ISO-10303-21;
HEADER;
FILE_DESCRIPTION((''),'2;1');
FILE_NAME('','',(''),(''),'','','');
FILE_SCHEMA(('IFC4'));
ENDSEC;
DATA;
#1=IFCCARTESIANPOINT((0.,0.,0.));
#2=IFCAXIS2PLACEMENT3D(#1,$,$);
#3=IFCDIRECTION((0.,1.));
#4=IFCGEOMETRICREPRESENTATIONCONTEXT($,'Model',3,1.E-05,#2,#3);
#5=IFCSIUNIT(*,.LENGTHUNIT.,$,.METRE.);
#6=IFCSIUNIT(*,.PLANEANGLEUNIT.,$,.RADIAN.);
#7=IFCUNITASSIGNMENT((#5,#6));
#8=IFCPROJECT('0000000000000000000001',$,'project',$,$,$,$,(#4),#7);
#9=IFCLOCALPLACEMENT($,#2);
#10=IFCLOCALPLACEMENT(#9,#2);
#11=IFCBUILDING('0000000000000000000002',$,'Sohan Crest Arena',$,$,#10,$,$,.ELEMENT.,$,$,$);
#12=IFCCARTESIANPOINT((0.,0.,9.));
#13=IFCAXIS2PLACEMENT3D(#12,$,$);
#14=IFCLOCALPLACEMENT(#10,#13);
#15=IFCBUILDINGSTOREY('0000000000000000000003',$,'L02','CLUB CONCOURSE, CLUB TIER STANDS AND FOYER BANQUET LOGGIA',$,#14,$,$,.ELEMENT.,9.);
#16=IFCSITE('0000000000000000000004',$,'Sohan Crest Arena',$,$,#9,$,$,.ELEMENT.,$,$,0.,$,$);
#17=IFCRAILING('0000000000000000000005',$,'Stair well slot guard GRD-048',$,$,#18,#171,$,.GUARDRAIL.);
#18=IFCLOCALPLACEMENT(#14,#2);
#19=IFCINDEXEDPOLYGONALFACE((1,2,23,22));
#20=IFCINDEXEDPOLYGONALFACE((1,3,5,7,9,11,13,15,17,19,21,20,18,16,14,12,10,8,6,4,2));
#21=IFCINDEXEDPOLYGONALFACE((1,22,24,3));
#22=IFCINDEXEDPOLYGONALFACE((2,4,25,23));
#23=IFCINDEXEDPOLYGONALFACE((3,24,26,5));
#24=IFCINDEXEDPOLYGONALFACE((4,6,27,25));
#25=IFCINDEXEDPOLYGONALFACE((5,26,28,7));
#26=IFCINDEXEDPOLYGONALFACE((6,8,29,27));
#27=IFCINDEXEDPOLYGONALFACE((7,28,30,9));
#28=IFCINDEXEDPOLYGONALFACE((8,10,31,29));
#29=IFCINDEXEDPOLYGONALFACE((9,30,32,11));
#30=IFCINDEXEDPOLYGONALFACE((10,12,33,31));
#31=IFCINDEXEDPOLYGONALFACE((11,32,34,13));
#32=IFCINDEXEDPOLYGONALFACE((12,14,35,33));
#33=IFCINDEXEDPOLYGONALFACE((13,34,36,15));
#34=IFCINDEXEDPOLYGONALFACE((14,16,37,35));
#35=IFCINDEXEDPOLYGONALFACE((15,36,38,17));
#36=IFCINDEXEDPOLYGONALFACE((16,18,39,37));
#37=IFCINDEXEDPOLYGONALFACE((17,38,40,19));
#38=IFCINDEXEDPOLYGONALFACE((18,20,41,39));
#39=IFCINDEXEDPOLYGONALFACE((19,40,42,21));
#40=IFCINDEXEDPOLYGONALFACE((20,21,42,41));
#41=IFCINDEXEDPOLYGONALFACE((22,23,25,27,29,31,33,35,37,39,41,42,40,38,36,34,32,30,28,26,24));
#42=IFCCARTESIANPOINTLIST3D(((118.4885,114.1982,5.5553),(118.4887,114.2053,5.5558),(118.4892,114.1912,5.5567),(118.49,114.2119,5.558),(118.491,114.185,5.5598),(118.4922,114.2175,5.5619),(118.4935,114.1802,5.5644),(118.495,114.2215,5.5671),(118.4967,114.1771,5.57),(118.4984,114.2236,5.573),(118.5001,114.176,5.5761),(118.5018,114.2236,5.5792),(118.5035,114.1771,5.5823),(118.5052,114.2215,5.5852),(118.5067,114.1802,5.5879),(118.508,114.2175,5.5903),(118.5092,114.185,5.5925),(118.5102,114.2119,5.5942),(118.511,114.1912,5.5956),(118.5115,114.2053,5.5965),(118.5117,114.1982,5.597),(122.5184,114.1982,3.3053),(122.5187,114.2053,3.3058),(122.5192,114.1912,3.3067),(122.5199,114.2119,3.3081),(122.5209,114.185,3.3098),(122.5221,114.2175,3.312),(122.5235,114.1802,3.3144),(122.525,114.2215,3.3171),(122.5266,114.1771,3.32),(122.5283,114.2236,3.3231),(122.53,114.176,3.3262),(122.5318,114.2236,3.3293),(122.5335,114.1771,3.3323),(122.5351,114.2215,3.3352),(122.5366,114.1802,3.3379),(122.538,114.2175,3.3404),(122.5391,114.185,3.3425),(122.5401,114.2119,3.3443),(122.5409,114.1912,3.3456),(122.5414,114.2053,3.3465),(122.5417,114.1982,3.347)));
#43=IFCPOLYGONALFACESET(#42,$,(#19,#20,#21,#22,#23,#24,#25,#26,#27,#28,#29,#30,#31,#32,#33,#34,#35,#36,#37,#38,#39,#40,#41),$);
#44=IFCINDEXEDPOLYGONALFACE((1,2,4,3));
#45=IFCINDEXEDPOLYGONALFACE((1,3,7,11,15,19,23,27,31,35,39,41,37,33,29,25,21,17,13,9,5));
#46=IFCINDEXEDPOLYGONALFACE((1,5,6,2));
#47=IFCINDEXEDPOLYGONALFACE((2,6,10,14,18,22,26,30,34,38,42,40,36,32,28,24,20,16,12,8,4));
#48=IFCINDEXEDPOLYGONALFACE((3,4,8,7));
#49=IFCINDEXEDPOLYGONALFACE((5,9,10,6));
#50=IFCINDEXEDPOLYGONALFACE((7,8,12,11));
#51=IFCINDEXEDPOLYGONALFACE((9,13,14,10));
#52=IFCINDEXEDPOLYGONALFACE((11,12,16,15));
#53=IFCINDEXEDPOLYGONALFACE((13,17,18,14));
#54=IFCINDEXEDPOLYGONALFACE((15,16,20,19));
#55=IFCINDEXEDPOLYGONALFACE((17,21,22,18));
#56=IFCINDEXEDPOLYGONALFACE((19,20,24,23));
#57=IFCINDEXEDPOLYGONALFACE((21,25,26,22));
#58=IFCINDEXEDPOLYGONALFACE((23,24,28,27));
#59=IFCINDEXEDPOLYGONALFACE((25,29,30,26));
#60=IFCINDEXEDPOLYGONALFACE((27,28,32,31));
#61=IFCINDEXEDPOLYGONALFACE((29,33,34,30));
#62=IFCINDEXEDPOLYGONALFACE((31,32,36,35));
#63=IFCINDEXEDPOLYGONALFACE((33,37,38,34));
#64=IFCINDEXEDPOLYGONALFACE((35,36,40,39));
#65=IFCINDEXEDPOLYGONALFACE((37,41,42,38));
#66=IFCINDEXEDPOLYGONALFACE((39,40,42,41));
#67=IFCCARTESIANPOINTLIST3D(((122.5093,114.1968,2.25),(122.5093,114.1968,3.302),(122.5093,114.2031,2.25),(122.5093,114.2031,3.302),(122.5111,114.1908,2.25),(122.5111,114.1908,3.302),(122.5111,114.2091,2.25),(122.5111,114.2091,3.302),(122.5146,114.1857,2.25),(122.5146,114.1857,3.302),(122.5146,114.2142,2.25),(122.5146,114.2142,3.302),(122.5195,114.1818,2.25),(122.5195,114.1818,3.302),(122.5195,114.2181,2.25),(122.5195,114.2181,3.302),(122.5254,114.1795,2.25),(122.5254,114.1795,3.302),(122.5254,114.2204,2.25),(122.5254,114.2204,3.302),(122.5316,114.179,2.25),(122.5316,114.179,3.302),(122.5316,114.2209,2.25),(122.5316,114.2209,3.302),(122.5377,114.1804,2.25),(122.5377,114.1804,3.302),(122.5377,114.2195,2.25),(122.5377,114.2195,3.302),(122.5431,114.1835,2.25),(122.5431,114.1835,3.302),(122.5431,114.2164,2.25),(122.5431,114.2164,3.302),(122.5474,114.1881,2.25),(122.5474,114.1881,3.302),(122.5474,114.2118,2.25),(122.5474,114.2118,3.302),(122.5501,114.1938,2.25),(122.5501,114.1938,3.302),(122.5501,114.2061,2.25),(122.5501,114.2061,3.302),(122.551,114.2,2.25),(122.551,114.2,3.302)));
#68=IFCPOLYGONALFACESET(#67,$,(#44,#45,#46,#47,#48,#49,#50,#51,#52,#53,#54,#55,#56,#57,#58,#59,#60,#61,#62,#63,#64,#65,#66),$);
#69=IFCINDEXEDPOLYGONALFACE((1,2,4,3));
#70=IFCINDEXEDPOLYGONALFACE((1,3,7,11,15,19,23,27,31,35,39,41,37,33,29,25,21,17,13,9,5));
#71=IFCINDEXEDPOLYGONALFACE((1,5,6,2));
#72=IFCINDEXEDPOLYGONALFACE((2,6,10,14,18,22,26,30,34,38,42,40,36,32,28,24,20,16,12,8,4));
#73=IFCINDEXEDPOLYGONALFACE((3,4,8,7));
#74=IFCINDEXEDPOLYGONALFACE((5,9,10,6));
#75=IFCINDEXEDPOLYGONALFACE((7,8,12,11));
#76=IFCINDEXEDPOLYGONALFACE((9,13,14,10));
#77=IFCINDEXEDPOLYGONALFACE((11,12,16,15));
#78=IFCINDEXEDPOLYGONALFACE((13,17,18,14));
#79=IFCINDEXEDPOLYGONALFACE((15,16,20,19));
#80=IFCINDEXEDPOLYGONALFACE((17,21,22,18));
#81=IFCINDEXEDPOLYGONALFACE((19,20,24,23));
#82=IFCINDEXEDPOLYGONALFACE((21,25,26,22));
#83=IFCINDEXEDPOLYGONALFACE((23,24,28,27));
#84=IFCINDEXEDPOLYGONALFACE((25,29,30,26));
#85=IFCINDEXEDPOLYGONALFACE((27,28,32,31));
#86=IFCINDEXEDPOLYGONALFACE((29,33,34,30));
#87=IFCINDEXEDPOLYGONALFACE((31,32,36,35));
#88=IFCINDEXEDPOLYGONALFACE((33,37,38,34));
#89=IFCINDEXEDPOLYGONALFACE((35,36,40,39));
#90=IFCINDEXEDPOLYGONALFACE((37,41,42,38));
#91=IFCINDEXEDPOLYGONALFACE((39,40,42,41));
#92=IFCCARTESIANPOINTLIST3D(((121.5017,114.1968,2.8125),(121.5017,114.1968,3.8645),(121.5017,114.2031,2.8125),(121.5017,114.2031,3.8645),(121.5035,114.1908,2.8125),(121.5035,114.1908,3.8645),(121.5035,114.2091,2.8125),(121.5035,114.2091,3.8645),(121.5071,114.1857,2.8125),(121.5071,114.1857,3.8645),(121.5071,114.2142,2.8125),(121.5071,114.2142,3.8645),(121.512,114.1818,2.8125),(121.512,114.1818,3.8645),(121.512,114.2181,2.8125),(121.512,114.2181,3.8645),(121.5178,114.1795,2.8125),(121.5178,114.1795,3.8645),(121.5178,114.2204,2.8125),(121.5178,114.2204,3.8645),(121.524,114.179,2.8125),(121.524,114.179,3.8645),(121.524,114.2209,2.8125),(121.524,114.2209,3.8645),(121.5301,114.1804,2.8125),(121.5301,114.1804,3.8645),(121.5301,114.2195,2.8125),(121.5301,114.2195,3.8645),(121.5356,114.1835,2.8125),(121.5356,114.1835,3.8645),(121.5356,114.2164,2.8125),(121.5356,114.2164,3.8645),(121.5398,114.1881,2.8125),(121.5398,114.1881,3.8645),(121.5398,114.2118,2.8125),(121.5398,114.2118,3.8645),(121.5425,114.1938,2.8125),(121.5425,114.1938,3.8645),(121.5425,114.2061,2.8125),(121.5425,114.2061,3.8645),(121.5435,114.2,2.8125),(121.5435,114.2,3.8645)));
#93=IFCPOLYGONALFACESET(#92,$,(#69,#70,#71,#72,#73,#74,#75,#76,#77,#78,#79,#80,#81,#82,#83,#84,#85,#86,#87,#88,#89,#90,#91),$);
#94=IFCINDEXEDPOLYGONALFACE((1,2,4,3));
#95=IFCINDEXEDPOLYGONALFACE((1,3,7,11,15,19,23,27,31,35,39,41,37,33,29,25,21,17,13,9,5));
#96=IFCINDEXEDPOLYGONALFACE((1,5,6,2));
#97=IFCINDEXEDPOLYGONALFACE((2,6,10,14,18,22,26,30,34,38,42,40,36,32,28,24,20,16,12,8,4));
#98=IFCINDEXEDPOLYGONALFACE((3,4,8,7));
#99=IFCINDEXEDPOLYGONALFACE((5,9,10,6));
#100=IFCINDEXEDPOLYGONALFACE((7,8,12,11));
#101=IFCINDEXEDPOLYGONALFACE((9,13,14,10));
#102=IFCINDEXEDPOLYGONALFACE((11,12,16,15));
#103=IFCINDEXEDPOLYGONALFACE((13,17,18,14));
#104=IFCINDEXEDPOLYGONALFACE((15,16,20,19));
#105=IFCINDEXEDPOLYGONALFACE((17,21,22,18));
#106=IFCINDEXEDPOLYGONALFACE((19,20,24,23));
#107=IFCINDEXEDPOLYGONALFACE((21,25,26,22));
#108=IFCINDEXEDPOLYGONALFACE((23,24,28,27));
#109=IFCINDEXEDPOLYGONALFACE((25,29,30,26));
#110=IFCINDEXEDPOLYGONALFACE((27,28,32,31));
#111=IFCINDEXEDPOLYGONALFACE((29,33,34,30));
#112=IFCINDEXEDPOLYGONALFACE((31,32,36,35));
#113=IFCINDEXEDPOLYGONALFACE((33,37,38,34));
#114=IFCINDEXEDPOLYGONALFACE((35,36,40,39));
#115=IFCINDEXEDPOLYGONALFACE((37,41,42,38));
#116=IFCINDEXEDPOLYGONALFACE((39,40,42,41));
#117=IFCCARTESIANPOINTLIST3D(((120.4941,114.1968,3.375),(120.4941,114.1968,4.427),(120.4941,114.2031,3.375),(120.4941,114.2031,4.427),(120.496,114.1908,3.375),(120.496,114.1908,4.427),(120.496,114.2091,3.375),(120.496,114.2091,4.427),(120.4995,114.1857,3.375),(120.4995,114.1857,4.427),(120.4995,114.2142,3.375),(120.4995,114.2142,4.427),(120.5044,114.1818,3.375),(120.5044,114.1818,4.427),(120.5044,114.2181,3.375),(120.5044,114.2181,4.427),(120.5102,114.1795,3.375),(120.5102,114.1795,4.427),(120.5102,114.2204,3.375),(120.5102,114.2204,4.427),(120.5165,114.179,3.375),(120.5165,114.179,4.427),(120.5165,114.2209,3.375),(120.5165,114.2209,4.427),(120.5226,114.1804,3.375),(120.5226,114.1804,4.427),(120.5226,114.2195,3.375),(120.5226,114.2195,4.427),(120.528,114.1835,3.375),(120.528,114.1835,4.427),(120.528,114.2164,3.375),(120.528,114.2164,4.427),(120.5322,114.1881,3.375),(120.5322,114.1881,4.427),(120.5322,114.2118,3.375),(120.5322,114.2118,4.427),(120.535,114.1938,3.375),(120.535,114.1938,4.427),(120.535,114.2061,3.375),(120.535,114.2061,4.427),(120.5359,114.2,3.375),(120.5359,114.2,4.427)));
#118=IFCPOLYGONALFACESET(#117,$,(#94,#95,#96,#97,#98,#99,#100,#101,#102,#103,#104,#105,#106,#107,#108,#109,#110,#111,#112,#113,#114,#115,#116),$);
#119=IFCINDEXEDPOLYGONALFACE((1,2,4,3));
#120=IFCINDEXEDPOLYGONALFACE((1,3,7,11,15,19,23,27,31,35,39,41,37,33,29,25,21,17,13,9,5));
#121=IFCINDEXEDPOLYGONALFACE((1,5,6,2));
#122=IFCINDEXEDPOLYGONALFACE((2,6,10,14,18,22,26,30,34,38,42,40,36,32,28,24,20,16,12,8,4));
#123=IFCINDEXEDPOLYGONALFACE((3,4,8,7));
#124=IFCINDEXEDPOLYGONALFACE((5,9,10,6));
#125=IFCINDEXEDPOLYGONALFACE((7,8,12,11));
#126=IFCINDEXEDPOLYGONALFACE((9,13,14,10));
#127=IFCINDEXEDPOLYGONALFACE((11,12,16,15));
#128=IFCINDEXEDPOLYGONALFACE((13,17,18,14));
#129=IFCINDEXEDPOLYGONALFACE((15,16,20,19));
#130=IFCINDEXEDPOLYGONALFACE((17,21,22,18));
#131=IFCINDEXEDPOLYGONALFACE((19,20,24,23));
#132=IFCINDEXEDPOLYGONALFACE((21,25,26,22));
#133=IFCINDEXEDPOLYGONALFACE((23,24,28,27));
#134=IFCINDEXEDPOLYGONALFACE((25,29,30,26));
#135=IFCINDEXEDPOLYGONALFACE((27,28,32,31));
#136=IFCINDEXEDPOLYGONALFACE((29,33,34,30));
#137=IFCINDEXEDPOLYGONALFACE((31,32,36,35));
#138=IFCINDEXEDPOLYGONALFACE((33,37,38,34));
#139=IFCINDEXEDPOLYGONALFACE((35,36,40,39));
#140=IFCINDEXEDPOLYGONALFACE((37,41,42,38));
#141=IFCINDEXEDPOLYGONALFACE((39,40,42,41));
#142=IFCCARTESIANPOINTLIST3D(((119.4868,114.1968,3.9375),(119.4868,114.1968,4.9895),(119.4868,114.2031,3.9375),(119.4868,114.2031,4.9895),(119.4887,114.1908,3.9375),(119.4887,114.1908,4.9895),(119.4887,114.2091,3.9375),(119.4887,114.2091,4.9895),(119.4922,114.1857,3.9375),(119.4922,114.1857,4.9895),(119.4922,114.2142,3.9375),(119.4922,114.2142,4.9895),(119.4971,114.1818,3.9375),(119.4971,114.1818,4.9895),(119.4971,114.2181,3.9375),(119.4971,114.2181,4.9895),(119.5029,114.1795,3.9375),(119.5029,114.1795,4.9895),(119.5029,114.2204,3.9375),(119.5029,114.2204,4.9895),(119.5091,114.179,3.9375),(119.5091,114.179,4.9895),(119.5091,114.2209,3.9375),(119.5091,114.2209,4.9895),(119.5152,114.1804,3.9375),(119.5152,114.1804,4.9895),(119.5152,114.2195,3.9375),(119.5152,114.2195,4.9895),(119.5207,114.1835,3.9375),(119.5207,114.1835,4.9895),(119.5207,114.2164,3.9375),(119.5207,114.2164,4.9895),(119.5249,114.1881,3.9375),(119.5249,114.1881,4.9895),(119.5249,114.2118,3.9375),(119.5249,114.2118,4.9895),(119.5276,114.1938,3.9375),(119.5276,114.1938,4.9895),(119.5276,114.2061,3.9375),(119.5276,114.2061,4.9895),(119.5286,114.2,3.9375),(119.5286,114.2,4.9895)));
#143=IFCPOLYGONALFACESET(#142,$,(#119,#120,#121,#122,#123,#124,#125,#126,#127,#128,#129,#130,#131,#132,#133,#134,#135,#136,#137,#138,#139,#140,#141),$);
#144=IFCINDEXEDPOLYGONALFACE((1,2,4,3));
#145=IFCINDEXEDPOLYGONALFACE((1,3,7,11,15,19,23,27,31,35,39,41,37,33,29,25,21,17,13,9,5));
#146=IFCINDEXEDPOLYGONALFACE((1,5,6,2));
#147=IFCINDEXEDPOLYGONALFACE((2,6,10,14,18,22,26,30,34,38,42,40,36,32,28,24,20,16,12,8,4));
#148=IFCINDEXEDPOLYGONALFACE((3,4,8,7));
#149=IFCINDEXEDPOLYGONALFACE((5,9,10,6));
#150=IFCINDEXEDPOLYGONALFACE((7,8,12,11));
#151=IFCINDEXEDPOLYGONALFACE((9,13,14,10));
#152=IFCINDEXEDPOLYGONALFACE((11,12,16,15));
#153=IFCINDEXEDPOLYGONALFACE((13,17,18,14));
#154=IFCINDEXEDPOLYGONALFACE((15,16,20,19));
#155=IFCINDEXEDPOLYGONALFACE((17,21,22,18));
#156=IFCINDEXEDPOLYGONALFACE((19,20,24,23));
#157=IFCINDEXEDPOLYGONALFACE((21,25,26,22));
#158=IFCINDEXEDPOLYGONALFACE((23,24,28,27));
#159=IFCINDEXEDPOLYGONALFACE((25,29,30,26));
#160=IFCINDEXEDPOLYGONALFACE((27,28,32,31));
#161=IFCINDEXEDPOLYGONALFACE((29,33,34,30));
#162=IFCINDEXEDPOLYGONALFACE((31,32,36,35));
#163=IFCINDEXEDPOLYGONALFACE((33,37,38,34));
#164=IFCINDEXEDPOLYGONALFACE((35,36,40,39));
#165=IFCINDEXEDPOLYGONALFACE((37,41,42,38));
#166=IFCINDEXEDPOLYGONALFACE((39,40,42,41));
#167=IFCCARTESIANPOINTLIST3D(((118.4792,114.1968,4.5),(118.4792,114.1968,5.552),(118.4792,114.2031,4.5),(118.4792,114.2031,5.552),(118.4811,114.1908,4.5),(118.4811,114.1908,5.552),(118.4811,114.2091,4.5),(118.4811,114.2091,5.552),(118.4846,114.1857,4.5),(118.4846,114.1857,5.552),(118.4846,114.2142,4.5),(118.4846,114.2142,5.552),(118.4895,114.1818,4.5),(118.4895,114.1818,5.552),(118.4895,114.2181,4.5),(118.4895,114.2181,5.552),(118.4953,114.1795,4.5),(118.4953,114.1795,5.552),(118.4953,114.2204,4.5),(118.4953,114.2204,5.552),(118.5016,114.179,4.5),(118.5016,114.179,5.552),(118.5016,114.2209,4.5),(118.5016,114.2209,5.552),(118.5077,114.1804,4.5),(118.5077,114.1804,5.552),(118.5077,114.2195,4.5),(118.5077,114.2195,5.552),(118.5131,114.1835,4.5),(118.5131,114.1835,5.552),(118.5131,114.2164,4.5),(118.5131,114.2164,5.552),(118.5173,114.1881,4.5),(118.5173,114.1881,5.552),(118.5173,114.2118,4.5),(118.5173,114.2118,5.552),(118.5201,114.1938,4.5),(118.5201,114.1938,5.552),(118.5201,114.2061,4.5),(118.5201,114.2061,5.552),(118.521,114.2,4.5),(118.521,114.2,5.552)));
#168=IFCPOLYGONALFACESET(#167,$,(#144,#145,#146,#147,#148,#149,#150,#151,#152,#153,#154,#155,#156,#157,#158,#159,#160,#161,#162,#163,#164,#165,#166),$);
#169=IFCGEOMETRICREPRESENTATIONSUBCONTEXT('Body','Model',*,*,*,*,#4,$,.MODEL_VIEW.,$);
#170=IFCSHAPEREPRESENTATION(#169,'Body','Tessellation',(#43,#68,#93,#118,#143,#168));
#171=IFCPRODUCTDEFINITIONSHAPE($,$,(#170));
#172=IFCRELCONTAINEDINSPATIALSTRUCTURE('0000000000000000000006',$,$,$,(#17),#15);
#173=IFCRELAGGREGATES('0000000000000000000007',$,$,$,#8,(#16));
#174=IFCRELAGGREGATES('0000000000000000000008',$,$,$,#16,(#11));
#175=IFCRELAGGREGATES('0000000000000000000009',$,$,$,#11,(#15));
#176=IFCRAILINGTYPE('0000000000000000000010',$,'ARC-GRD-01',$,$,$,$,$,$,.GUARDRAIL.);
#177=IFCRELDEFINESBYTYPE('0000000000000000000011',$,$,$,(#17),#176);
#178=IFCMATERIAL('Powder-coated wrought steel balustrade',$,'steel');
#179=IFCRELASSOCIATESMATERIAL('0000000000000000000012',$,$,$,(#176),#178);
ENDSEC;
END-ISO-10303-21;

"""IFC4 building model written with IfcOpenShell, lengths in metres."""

from ifc_helpers import new_model, si_unit, direction, frame, origin, origin_2d, place, context, subcontext, project, spatial, circle, extrude, material, type_object, element, save


model = new_model("IFC4")

# Units and contexts
model_context = context("Model", 3, precision=1e-05, world=origin(), true_north=direction((0.0, 1.0)))
body_context = subcontext(model_context, "Body", "Model", "MODEL_VIEW")
ifc_project = project(units=[si_unit("LENGTHUNIT", "METRE"), si_unit("PLANEANGLEUNIT", "RADIAN")], contexts=[model_context])

# Site, building, storey
site_placement = place(None, origin())
site = spatial("IfcSite", under=ifc_project, at=site_placement, Name="Sohan Crest Arena", CompositionType="ELEMENT", RefElevation=0.0)
building_placement = place(site_placement, origin())
building = spatial("IfcBuilding", under=site, at=building_placement, Name="Sohan Crest Arena", CompositionType="ELEMENT")
storey_placement = place(building_placement, frame((0.0, 0.0, 9.0)))
storey = spatial("IfcBuildingStorey", under=building, at=storey_placement, Name="L02", Description="CLUB CONCOURSE, CLUB TIER STANDS AND FOYER BANQUET LOGGIA", CompositionType="ELEMENT", Elevation=9.0)

# Railing
ifc_material_1 = material(Name="Powder-coated wrought steel balustrade", Category="steel")
railing_type_1 = type_object("IfcRailingType", Name="ARC-GRD-01", PredefinedType="GUARDRAIL", material=ifc_material_1)
railing_1_placement = place(storey_placement, frame((122.53, 114.2, 2.25)))
element("IfcRailing", 1, at=railing_1_placement, inside=storey, type_object=railing_type_1, Name="Stair well slot guard GRD-048", PredefinedType="GUARDRAIL", context=body_context, shape_type="SweptSolid", body=[
    extrude(circle(Radius=0.0239, at=origin_2d()), frame((0.0, 0.0, 1.0762), z_axis=(-0.873135, 0.0, 0.487479), x_axis=(0.0, -1.0, 0.0)), (0.0, 0.0, 1.0), 4.6155),
    extrude(circle(Radius=0.021, at=origin_2d()), origin(), (0.0, 0.0, 1.0), 1.052),
    extrude(circle(Radius=0.021, at=origin_2d()), frame((-1.0076, 0.0, 0.5625)), (0.0, 0.0, 1.0), 1.052),
    extrude(circle(Radius=0.021, at=origin_2d()), frame((-2.0151, 0.0, 1.125)), (0.0, 0.0, 1.0), 1.052),
    extrude(circle(Radius=0.021, at=origin_2d()), frame((-3.0225, 0.0, 1.6875)), (0.0, 0.0, 1.0), 1.052),
    extrude(circle(Radius=0.021, at=origin_2d()), frame((-4.03, 0.0, 2.25)), (0.0, 0.0, 1.0), 1.052),
])

save(model, "model.ifc")
